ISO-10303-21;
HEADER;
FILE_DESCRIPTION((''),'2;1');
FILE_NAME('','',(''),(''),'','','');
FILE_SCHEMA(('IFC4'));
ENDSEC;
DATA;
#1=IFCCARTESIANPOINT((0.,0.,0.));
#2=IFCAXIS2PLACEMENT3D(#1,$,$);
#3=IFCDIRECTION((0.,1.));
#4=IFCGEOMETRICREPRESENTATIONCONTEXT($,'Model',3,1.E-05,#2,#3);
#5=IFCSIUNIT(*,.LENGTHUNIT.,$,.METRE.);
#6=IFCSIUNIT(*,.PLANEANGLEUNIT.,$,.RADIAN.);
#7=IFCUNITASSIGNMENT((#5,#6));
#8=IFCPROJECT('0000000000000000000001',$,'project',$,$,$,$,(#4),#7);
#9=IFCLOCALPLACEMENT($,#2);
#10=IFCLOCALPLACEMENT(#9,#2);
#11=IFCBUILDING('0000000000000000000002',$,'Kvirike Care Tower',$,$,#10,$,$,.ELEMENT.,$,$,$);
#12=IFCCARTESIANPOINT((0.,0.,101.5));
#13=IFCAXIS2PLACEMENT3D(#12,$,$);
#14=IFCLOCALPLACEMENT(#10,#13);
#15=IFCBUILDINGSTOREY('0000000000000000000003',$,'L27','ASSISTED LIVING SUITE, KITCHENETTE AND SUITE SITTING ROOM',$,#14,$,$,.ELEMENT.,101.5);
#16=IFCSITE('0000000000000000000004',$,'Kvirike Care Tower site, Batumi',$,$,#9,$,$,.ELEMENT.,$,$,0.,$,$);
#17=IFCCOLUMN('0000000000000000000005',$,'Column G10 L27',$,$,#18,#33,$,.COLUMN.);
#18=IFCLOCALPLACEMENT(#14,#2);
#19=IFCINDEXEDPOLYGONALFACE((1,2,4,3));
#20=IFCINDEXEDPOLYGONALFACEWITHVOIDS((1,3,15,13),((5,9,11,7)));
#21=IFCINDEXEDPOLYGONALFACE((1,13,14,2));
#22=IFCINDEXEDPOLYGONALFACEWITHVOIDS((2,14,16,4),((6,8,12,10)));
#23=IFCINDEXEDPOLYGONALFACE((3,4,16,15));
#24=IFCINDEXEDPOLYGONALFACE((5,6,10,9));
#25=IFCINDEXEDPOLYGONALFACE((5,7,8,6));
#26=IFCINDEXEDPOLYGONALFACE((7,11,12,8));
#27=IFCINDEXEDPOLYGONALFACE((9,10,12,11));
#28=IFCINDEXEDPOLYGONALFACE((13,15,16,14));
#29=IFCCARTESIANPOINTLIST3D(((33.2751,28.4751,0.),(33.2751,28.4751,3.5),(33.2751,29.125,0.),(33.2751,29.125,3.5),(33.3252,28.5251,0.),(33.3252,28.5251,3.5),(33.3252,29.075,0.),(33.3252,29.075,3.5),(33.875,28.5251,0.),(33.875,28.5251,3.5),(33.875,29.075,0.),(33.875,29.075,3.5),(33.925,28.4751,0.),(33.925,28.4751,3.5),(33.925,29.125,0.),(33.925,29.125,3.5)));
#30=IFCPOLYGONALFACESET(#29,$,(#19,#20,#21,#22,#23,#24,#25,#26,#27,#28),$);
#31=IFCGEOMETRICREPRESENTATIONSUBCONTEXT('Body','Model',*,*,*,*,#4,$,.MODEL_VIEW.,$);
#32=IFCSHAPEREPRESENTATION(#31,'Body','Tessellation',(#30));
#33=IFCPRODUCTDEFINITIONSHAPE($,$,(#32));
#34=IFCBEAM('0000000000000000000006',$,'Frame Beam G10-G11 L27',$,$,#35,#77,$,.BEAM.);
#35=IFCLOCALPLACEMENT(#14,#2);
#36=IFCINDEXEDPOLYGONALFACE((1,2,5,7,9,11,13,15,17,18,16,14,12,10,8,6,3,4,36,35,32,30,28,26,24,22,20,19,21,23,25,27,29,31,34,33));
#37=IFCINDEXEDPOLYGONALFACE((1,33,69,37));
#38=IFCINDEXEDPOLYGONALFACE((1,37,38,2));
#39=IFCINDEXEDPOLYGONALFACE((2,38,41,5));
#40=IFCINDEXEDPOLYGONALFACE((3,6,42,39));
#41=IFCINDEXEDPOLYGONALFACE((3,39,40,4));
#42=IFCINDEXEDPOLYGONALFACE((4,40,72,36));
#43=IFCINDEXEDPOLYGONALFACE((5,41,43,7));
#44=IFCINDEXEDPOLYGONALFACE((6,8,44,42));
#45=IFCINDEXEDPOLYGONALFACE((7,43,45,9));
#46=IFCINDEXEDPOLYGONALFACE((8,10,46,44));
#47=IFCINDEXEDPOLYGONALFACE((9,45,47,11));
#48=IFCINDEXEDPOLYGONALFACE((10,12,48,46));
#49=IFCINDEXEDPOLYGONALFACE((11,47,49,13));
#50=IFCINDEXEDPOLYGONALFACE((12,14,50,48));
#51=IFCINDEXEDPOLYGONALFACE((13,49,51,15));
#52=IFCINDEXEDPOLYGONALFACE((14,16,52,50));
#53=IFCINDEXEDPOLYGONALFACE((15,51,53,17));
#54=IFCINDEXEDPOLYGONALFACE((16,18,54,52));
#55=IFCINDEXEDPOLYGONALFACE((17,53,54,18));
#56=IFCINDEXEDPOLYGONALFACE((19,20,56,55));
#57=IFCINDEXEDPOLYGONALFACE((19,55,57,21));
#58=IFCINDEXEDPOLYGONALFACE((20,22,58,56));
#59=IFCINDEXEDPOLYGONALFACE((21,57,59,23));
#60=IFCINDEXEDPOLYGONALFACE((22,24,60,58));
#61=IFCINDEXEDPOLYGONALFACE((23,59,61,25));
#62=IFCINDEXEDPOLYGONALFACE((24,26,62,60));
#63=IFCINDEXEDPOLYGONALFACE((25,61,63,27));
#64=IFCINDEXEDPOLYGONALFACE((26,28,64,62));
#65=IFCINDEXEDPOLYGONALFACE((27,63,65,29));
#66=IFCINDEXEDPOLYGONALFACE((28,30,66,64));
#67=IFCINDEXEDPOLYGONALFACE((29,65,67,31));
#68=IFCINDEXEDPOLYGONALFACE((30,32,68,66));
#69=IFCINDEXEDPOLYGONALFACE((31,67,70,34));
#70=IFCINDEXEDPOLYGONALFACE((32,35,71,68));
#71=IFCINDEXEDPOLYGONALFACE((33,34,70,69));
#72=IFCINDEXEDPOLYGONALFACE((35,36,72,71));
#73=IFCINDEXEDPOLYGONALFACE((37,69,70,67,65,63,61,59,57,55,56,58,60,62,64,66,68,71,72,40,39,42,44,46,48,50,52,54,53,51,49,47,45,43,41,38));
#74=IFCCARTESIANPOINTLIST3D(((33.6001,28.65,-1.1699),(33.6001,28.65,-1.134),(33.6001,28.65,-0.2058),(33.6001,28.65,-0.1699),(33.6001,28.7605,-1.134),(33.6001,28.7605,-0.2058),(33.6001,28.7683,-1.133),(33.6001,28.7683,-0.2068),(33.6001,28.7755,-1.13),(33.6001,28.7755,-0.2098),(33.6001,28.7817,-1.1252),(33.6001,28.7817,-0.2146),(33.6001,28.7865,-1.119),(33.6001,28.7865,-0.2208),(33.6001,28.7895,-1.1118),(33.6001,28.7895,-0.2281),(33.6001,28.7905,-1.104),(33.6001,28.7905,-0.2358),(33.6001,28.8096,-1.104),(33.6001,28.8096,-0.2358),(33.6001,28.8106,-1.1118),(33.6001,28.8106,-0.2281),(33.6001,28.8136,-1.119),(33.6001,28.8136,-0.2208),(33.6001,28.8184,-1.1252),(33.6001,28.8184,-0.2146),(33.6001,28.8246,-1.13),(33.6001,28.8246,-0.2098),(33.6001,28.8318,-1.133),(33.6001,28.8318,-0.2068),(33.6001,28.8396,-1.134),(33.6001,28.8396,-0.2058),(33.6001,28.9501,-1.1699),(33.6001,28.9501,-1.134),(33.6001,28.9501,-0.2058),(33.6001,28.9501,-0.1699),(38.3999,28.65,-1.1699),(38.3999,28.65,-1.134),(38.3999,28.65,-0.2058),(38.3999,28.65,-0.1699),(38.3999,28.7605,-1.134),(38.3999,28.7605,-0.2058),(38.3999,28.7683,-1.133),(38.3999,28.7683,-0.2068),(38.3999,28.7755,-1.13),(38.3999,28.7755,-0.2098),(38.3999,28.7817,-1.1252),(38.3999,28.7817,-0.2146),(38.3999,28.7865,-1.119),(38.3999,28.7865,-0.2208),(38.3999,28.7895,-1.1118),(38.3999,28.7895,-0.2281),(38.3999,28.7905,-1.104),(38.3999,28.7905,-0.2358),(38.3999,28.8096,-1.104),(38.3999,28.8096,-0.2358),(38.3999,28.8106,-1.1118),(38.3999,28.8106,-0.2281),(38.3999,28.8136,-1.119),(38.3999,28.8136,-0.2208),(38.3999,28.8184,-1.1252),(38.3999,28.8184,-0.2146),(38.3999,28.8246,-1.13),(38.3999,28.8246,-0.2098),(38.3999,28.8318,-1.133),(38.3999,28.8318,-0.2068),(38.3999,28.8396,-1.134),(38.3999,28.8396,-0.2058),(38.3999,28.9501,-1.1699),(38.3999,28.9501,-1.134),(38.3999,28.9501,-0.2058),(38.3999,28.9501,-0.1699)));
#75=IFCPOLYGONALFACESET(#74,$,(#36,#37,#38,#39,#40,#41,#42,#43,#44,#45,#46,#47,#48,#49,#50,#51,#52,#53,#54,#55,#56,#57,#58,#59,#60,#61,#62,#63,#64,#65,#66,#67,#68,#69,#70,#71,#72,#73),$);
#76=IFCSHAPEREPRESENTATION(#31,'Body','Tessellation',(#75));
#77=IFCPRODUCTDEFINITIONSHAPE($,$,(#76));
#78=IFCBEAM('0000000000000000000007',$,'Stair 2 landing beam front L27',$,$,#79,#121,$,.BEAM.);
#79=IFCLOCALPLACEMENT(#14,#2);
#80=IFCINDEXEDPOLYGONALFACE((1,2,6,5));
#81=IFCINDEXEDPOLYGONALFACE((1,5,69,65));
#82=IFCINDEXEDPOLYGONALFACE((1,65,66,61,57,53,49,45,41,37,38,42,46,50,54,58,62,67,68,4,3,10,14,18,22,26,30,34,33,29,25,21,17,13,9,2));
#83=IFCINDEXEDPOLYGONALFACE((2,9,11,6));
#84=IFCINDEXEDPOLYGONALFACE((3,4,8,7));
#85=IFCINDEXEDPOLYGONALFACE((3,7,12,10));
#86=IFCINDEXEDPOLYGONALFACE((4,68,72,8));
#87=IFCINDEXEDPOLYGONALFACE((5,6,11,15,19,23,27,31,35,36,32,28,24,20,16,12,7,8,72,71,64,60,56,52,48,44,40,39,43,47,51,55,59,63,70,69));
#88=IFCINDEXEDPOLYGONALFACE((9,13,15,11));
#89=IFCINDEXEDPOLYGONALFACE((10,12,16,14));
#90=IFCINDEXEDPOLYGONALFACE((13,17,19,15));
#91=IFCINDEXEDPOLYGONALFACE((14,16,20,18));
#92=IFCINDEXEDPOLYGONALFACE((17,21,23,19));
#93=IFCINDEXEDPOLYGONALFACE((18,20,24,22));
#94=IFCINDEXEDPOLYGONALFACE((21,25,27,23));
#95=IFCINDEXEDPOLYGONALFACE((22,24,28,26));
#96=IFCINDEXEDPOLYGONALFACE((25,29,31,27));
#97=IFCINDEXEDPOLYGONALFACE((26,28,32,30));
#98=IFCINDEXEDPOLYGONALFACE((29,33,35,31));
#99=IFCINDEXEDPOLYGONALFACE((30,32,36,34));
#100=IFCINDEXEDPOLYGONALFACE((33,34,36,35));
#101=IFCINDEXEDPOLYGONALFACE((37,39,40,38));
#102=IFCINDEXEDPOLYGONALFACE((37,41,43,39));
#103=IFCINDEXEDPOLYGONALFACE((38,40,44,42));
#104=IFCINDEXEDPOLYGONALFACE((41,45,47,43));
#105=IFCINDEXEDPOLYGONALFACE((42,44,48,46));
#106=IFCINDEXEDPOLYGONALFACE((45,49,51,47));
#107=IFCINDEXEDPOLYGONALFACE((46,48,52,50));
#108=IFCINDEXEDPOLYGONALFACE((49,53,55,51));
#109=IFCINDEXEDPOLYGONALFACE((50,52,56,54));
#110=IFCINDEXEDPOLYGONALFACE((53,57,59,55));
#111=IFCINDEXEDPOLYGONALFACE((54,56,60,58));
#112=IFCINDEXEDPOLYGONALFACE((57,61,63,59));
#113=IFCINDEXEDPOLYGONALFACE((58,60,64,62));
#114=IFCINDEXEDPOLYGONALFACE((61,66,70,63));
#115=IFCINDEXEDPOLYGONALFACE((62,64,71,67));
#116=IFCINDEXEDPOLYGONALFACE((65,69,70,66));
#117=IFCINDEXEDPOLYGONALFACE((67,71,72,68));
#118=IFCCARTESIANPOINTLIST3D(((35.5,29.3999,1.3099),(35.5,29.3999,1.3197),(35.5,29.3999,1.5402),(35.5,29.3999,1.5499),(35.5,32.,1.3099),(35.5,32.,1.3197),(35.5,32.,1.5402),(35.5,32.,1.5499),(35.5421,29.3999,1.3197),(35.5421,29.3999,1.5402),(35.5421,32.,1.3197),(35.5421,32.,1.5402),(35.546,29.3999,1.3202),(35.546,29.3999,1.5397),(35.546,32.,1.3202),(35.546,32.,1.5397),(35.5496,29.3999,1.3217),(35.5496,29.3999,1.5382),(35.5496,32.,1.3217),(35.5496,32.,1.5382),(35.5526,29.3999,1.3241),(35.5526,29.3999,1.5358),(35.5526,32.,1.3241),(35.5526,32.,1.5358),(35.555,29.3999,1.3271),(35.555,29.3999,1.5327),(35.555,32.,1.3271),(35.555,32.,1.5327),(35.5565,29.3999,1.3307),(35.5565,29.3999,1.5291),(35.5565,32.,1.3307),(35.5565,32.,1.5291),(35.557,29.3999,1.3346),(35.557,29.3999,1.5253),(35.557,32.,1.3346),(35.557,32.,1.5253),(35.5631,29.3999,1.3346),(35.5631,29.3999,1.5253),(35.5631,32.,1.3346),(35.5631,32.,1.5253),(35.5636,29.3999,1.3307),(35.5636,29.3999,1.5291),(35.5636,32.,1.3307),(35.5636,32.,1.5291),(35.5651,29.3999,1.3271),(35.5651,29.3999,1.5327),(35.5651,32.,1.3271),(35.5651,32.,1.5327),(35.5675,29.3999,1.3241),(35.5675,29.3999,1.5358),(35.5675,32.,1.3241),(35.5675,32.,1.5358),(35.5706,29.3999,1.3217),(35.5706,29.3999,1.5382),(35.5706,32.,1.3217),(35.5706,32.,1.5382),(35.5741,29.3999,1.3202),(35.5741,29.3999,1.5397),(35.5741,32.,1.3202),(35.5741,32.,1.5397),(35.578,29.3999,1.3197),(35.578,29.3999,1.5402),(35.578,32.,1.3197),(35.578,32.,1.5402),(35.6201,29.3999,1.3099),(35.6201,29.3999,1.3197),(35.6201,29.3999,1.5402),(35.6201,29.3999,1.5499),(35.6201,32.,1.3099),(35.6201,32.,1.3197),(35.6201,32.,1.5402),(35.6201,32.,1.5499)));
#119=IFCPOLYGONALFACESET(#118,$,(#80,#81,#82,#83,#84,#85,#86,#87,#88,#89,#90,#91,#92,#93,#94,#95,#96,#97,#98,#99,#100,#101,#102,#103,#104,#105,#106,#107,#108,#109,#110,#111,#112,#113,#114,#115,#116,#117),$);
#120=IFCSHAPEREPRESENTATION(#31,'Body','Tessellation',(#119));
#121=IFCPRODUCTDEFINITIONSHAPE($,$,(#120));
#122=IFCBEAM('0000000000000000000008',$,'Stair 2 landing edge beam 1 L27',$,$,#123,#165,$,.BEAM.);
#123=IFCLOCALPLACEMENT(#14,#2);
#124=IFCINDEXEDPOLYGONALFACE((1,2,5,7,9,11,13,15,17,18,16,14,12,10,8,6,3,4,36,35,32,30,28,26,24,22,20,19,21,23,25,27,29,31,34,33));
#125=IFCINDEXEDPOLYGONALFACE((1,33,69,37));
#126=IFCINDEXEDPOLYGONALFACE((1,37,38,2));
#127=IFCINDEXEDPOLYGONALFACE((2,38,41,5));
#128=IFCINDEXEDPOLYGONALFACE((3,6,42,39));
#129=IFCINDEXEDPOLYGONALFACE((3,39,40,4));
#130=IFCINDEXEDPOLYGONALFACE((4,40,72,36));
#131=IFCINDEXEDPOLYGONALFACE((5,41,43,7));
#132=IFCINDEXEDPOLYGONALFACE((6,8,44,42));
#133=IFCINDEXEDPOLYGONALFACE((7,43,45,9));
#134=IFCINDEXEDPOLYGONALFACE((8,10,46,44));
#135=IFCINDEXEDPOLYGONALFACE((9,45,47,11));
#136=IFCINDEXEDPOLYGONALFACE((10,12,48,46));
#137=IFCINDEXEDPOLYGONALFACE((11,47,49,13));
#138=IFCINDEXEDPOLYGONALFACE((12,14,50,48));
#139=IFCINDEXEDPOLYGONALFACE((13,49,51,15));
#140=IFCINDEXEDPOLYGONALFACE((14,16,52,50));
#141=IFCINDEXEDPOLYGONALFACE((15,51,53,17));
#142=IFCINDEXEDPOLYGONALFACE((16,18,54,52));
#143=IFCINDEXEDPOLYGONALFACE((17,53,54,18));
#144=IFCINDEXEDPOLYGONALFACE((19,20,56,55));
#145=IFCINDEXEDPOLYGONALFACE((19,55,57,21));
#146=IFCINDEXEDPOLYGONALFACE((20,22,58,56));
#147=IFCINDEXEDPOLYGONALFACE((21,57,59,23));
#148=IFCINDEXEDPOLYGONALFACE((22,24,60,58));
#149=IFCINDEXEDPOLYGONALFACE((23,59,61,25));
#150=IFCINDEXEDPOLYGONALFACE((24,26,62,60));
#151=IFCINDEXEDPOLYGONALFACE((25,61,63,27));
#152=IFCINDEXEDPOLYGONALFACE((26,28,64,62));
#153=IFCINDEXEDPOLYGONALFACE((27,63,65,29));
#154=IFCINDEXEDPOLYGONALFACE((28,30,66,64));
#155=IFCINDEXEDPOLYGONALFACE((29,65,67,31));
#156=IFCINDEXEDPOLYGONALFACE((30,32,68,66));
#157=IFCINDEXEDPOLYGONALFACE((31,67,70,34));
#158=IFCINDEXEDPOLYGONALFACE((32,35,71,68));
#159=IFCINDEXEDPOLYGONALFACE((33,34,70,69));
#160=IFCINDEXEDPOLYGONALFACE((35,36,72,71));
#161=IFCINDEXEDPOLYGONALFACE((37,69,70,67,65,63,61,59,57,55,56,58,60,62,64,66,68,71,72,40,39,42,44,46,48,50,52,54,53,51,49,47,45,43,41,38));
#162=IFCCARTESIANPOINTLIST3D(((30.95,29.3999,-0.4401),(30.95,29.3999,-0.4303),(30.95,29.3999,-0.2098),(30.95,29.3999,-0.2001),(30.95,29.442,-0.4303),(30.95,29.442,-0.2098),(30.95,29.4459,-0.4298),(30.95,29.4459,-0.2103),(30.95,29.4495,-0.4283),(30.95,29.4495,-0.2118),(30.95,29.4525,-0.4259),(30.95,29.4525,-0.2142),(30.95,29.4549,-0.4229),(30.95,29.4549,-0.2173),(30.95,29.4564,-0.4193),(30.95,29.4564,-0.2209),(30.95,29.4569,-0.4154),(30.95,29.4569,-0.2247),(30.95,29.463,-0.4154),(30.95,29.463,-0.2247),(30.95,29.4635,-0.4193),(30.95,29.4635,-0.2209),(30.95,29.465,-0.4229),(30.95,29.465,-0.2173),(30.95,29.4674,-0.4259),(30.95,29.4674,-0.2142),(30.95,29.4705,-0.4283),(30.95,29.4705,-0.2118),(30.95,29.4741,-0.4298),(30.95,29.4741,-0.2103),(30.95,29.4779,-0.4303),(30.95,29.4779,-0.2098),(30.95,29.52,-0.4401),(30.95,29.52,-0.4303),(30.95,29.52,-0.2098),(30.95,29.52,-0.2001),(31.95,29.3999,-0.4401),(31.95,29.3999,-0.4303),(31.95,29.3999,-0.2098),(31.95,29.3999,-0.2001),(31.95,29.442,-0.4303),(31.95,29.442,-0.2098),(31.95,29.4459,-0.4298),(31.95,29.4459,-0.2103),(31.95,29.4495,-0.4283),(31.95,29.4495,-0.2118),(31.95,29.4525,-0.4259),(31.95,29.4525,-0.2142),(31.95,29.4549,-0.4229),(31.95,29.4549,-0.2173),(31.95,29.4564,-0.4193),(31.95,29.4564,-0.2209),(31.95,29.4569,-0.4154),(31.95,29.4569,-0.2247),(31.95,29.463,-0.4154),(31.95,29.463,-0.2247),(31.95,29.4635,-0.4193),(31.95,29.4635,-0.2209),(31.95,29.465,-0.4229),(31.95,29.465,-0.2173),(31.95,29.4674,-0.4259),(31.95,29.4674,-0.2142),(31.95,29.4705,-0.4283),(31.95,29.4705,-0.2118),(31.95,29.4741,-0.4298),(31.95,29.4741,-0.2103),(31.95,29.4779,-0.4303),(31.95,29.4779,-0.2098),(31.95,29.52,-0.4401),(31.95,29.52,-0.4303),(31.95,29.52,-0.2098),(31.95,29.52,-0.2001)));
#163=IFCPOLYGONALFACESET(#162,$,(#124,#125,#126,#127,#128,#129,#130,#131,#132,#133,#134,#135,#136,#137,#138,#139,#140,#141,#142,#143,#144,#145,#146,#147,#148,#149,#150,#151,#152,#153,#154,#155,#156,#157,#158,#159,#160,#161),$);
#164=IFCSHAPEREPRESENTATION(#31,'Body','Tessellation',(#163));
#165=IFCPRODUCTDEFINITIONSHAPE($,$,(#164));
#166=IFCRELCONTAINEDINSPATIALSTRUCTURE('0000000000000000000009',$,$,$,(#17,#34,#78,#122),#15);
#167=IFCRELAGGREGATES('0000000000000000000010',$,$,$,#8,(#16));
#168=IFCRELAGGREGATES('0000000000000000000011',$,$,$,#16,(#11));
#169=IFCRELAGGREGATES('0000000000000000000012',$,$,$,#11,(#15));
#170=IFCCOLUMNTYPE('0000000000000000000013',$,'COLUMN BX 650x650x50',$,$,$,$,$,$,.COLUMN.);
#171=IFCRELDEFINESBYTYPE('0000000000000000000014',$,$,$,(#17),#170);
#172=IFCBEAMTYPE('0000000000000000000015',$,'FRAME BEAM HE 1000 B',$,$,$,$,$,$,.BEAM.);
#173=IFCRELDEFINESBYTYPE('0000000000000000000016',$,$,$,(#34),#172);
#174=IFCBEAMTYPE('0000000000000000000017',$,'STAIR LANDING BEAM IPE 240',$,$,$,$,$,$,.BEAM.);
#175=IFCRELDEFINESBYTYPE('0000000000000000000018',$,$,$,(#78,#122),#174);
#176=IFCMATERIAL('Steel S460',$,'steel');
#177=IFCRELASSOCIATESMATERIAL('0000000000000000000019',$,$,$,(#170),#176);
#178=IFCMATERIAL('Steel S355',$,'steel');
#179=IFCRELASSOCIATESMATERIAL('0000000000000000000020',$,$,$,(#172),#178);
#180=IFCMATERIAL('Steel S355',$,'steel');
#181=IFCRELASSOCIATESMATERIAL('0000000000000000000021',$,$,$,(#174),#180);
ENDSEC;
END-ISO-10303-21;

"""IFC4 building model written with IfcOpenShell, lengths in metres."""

from ifc_helpers import new_model, si_unit, direction, frame, origin, origin_2d, place, context, subcontext, project, spatial, hollow_rectangle, i_section, extrude, material, material_profile, profile_set, type_object, element, save


model = new_model("IFC4")

# Units and contexts
model_context = context("Model", 3, precision=1e-05, world=origin(), true_north=direction((0.0, 1.0)))
body_context = subcontext(model_context, "Body", "Model", "MODEL_VIEW")
ifc_project = project(units=[si_unit("LENGTHUNIT", "METRE"), si_unit("PLANEANGLEUNIT", "RADIAN")], contexts=[model_context])

# Site, building, storey
site_placement = place(None, origin())
site = spatial("IfcSite", under=ifc_project, at=site_placement, Name="Kvirike Care Tower site, Batumi", CompositionType="ELEMENT", RefElevation=0.0)
building_placement = place(site_placement, origin())
building = spatial("IfcBuilding", under=site, at=building_placement, Name="Kvirike Care Tower", CompositionType="ELEMENT")
storey_placement = place(building_placement, frame((0.0, 0.0, 101.5)))
storey = spatial("IfcBuildingStorey", under=building, at=storey_placement, Name="L27", Description="ASSISTED LIVING SUITE, KITCHENETTE AND SUITE SITTING ROOM", CompositionType="ELEMENT", Elevation=101.5)

# Column
ifc_material_1 = material(Name="Steel S460", Category="steel")
ifc_material_profile_1 = material_profile(ifc_material_1, hollow_rectangle(XDim=0.6499, YDim=0.6499, WallThickness=0.05, at=origin_2d()), Name="BX 650x650x50")
ifc_profile_set_1 = profile_set([ifc_material_profile_1], Name="Steel S460")
column_type = type_object("IfcColumnType", Name="COLUMN BX 650x650x50", PredefinedType="COLUMN", material=ifc_profile_set_1)
column_placement = place(storey_placement, frame((33.6001, 28.8, 0.0), z_axis=(0.0, 0.0, 1.0), x_axis=(0.0, 1.0, 0.0)))
element("IfcColumn", 1, at=column_placement, inside=storey, type_object=column_type, Name="Column G10 L27", PredefinedType="COLUMN", context=body_context, shape_type="SweptSolid", body=[
    extrude(hollow_rectangle(XDim=0.6499, YDim=0.6499, WallThickness=0.05, at=origin_2d()), origin(), (0.0, 0.0, 1.0), 3.5),
])

# Beams
ifc_material_2 = material(Name="Steel S355", Category="steel")
ifc_material_profile_2 = material_profile(ifc_material_2, i_section(OverallWidth=0.3, OverallDepth=1.0, WebThickness=0.019, FlangeThickness=0.0359, FilletRadius=0.03, at=origin_2d()), Name="HE 1000 B")
ifc_profile_set_2 = profile_set([ifc_material_profile_2], Name="Steel S355")
beam_type_1 = type_object("IfcBeamType", Name="FRAME BEAM HE 1000 B", PredefinedType="BEAM", material=ifc_profile_set_2)
beam_1_placement = place(storey_placement, frame((33.6001, 28.8, -0.6699), z_axis=(1.0, 0.0, 0.0), x_axis=(0.0, 1.0, 0.0)))
element("IfcBeam", 2, at=beam_1_placement, inside=storey, type_object=beam_type_1, Name="Frame Beam G10-G11 L27", PredefinedType="BEAM", context=body_context, shape_type="SweptSolid", body=[
    extrude(i_section(OverallWidth=0.3, OverallDepth=1.0, WebThickness=0.019, FlangeThickness=0.0359, FilletRadius=0.03, at=origin_2d()), origin(), (0.0, 0.0, 1.0), 4.7998),
])
ifc_material_3 = material(Name="Steel S355", Category="steel")
ifc_material_profile_3 = material_profile(ifc_material_3, i_section(OverallWidth=0.1201, OverallDepth=0.24, WebThickness=0.0061, FlangeThickness=0.0098, FilletRadius=0.0149, at=origin_2d()), Name="IPE 240")
ifc_profile_set_3 = profile_set([ifc_material_profile_3], Name="Steel S355")
beam_type_2 = type_object("IfcBeamType", Name="STAIR LANDING BEAM IPE 240", PredefinedType="BEAM", material=ifc_profile_set_3)
beam_2_placement = place(storey_placement, frame((35.5601, 29.3999, 1.4299), z_axis=(0.0, 1.0, 0.0), x_axis=(-1.0, 0.0, 0.0)))
element("IfcBeam", 3, at=beam_2_placement, inside=storey, type_object=beam_type_2, Name="Stair 2 landing beam front L27", PredefinedType="BEAM", context=body_context, shape_type="SweptSolid", body=[
    extrude(i_section(OverallWidth=0.1201, OverallDepth=0.24, WebThickness=0.0061, FlangeThickness=0.0098, FilletRadius=0.0149, at=origin_2d()), origin(), (0.0, 0.0, 1.0), 2.6001),
])
for number, where, z_axis, x_axis, name in (
    (4, (31.95, 29.46, -0.3201), (-1.0, 0.0, 0.0), (0.0, -1.0, 0.0), "Stair 2 landing edge beam 1 L27"),
):
    element("IfcBeam", number, at=place(storey_placement, frame(where, z_axis=z_axis, x_axis=x_axis)), inside=storey, type_object=beam_type_2, Name=name, PredefinedType="BEAM", context=body_context, shape_type="SweptSolid", body=[
        extrude(i_section(OverallWidth=0.1201, OverallDepth=0.24, WebThickness=0.0061, FlangeThickness=0.0098, FilletRadius=0.0149, at=origin_2d()), origin(), (0.0, 0.0, 1.0), 1.0),
    ])

save(model, "model.ifc")
